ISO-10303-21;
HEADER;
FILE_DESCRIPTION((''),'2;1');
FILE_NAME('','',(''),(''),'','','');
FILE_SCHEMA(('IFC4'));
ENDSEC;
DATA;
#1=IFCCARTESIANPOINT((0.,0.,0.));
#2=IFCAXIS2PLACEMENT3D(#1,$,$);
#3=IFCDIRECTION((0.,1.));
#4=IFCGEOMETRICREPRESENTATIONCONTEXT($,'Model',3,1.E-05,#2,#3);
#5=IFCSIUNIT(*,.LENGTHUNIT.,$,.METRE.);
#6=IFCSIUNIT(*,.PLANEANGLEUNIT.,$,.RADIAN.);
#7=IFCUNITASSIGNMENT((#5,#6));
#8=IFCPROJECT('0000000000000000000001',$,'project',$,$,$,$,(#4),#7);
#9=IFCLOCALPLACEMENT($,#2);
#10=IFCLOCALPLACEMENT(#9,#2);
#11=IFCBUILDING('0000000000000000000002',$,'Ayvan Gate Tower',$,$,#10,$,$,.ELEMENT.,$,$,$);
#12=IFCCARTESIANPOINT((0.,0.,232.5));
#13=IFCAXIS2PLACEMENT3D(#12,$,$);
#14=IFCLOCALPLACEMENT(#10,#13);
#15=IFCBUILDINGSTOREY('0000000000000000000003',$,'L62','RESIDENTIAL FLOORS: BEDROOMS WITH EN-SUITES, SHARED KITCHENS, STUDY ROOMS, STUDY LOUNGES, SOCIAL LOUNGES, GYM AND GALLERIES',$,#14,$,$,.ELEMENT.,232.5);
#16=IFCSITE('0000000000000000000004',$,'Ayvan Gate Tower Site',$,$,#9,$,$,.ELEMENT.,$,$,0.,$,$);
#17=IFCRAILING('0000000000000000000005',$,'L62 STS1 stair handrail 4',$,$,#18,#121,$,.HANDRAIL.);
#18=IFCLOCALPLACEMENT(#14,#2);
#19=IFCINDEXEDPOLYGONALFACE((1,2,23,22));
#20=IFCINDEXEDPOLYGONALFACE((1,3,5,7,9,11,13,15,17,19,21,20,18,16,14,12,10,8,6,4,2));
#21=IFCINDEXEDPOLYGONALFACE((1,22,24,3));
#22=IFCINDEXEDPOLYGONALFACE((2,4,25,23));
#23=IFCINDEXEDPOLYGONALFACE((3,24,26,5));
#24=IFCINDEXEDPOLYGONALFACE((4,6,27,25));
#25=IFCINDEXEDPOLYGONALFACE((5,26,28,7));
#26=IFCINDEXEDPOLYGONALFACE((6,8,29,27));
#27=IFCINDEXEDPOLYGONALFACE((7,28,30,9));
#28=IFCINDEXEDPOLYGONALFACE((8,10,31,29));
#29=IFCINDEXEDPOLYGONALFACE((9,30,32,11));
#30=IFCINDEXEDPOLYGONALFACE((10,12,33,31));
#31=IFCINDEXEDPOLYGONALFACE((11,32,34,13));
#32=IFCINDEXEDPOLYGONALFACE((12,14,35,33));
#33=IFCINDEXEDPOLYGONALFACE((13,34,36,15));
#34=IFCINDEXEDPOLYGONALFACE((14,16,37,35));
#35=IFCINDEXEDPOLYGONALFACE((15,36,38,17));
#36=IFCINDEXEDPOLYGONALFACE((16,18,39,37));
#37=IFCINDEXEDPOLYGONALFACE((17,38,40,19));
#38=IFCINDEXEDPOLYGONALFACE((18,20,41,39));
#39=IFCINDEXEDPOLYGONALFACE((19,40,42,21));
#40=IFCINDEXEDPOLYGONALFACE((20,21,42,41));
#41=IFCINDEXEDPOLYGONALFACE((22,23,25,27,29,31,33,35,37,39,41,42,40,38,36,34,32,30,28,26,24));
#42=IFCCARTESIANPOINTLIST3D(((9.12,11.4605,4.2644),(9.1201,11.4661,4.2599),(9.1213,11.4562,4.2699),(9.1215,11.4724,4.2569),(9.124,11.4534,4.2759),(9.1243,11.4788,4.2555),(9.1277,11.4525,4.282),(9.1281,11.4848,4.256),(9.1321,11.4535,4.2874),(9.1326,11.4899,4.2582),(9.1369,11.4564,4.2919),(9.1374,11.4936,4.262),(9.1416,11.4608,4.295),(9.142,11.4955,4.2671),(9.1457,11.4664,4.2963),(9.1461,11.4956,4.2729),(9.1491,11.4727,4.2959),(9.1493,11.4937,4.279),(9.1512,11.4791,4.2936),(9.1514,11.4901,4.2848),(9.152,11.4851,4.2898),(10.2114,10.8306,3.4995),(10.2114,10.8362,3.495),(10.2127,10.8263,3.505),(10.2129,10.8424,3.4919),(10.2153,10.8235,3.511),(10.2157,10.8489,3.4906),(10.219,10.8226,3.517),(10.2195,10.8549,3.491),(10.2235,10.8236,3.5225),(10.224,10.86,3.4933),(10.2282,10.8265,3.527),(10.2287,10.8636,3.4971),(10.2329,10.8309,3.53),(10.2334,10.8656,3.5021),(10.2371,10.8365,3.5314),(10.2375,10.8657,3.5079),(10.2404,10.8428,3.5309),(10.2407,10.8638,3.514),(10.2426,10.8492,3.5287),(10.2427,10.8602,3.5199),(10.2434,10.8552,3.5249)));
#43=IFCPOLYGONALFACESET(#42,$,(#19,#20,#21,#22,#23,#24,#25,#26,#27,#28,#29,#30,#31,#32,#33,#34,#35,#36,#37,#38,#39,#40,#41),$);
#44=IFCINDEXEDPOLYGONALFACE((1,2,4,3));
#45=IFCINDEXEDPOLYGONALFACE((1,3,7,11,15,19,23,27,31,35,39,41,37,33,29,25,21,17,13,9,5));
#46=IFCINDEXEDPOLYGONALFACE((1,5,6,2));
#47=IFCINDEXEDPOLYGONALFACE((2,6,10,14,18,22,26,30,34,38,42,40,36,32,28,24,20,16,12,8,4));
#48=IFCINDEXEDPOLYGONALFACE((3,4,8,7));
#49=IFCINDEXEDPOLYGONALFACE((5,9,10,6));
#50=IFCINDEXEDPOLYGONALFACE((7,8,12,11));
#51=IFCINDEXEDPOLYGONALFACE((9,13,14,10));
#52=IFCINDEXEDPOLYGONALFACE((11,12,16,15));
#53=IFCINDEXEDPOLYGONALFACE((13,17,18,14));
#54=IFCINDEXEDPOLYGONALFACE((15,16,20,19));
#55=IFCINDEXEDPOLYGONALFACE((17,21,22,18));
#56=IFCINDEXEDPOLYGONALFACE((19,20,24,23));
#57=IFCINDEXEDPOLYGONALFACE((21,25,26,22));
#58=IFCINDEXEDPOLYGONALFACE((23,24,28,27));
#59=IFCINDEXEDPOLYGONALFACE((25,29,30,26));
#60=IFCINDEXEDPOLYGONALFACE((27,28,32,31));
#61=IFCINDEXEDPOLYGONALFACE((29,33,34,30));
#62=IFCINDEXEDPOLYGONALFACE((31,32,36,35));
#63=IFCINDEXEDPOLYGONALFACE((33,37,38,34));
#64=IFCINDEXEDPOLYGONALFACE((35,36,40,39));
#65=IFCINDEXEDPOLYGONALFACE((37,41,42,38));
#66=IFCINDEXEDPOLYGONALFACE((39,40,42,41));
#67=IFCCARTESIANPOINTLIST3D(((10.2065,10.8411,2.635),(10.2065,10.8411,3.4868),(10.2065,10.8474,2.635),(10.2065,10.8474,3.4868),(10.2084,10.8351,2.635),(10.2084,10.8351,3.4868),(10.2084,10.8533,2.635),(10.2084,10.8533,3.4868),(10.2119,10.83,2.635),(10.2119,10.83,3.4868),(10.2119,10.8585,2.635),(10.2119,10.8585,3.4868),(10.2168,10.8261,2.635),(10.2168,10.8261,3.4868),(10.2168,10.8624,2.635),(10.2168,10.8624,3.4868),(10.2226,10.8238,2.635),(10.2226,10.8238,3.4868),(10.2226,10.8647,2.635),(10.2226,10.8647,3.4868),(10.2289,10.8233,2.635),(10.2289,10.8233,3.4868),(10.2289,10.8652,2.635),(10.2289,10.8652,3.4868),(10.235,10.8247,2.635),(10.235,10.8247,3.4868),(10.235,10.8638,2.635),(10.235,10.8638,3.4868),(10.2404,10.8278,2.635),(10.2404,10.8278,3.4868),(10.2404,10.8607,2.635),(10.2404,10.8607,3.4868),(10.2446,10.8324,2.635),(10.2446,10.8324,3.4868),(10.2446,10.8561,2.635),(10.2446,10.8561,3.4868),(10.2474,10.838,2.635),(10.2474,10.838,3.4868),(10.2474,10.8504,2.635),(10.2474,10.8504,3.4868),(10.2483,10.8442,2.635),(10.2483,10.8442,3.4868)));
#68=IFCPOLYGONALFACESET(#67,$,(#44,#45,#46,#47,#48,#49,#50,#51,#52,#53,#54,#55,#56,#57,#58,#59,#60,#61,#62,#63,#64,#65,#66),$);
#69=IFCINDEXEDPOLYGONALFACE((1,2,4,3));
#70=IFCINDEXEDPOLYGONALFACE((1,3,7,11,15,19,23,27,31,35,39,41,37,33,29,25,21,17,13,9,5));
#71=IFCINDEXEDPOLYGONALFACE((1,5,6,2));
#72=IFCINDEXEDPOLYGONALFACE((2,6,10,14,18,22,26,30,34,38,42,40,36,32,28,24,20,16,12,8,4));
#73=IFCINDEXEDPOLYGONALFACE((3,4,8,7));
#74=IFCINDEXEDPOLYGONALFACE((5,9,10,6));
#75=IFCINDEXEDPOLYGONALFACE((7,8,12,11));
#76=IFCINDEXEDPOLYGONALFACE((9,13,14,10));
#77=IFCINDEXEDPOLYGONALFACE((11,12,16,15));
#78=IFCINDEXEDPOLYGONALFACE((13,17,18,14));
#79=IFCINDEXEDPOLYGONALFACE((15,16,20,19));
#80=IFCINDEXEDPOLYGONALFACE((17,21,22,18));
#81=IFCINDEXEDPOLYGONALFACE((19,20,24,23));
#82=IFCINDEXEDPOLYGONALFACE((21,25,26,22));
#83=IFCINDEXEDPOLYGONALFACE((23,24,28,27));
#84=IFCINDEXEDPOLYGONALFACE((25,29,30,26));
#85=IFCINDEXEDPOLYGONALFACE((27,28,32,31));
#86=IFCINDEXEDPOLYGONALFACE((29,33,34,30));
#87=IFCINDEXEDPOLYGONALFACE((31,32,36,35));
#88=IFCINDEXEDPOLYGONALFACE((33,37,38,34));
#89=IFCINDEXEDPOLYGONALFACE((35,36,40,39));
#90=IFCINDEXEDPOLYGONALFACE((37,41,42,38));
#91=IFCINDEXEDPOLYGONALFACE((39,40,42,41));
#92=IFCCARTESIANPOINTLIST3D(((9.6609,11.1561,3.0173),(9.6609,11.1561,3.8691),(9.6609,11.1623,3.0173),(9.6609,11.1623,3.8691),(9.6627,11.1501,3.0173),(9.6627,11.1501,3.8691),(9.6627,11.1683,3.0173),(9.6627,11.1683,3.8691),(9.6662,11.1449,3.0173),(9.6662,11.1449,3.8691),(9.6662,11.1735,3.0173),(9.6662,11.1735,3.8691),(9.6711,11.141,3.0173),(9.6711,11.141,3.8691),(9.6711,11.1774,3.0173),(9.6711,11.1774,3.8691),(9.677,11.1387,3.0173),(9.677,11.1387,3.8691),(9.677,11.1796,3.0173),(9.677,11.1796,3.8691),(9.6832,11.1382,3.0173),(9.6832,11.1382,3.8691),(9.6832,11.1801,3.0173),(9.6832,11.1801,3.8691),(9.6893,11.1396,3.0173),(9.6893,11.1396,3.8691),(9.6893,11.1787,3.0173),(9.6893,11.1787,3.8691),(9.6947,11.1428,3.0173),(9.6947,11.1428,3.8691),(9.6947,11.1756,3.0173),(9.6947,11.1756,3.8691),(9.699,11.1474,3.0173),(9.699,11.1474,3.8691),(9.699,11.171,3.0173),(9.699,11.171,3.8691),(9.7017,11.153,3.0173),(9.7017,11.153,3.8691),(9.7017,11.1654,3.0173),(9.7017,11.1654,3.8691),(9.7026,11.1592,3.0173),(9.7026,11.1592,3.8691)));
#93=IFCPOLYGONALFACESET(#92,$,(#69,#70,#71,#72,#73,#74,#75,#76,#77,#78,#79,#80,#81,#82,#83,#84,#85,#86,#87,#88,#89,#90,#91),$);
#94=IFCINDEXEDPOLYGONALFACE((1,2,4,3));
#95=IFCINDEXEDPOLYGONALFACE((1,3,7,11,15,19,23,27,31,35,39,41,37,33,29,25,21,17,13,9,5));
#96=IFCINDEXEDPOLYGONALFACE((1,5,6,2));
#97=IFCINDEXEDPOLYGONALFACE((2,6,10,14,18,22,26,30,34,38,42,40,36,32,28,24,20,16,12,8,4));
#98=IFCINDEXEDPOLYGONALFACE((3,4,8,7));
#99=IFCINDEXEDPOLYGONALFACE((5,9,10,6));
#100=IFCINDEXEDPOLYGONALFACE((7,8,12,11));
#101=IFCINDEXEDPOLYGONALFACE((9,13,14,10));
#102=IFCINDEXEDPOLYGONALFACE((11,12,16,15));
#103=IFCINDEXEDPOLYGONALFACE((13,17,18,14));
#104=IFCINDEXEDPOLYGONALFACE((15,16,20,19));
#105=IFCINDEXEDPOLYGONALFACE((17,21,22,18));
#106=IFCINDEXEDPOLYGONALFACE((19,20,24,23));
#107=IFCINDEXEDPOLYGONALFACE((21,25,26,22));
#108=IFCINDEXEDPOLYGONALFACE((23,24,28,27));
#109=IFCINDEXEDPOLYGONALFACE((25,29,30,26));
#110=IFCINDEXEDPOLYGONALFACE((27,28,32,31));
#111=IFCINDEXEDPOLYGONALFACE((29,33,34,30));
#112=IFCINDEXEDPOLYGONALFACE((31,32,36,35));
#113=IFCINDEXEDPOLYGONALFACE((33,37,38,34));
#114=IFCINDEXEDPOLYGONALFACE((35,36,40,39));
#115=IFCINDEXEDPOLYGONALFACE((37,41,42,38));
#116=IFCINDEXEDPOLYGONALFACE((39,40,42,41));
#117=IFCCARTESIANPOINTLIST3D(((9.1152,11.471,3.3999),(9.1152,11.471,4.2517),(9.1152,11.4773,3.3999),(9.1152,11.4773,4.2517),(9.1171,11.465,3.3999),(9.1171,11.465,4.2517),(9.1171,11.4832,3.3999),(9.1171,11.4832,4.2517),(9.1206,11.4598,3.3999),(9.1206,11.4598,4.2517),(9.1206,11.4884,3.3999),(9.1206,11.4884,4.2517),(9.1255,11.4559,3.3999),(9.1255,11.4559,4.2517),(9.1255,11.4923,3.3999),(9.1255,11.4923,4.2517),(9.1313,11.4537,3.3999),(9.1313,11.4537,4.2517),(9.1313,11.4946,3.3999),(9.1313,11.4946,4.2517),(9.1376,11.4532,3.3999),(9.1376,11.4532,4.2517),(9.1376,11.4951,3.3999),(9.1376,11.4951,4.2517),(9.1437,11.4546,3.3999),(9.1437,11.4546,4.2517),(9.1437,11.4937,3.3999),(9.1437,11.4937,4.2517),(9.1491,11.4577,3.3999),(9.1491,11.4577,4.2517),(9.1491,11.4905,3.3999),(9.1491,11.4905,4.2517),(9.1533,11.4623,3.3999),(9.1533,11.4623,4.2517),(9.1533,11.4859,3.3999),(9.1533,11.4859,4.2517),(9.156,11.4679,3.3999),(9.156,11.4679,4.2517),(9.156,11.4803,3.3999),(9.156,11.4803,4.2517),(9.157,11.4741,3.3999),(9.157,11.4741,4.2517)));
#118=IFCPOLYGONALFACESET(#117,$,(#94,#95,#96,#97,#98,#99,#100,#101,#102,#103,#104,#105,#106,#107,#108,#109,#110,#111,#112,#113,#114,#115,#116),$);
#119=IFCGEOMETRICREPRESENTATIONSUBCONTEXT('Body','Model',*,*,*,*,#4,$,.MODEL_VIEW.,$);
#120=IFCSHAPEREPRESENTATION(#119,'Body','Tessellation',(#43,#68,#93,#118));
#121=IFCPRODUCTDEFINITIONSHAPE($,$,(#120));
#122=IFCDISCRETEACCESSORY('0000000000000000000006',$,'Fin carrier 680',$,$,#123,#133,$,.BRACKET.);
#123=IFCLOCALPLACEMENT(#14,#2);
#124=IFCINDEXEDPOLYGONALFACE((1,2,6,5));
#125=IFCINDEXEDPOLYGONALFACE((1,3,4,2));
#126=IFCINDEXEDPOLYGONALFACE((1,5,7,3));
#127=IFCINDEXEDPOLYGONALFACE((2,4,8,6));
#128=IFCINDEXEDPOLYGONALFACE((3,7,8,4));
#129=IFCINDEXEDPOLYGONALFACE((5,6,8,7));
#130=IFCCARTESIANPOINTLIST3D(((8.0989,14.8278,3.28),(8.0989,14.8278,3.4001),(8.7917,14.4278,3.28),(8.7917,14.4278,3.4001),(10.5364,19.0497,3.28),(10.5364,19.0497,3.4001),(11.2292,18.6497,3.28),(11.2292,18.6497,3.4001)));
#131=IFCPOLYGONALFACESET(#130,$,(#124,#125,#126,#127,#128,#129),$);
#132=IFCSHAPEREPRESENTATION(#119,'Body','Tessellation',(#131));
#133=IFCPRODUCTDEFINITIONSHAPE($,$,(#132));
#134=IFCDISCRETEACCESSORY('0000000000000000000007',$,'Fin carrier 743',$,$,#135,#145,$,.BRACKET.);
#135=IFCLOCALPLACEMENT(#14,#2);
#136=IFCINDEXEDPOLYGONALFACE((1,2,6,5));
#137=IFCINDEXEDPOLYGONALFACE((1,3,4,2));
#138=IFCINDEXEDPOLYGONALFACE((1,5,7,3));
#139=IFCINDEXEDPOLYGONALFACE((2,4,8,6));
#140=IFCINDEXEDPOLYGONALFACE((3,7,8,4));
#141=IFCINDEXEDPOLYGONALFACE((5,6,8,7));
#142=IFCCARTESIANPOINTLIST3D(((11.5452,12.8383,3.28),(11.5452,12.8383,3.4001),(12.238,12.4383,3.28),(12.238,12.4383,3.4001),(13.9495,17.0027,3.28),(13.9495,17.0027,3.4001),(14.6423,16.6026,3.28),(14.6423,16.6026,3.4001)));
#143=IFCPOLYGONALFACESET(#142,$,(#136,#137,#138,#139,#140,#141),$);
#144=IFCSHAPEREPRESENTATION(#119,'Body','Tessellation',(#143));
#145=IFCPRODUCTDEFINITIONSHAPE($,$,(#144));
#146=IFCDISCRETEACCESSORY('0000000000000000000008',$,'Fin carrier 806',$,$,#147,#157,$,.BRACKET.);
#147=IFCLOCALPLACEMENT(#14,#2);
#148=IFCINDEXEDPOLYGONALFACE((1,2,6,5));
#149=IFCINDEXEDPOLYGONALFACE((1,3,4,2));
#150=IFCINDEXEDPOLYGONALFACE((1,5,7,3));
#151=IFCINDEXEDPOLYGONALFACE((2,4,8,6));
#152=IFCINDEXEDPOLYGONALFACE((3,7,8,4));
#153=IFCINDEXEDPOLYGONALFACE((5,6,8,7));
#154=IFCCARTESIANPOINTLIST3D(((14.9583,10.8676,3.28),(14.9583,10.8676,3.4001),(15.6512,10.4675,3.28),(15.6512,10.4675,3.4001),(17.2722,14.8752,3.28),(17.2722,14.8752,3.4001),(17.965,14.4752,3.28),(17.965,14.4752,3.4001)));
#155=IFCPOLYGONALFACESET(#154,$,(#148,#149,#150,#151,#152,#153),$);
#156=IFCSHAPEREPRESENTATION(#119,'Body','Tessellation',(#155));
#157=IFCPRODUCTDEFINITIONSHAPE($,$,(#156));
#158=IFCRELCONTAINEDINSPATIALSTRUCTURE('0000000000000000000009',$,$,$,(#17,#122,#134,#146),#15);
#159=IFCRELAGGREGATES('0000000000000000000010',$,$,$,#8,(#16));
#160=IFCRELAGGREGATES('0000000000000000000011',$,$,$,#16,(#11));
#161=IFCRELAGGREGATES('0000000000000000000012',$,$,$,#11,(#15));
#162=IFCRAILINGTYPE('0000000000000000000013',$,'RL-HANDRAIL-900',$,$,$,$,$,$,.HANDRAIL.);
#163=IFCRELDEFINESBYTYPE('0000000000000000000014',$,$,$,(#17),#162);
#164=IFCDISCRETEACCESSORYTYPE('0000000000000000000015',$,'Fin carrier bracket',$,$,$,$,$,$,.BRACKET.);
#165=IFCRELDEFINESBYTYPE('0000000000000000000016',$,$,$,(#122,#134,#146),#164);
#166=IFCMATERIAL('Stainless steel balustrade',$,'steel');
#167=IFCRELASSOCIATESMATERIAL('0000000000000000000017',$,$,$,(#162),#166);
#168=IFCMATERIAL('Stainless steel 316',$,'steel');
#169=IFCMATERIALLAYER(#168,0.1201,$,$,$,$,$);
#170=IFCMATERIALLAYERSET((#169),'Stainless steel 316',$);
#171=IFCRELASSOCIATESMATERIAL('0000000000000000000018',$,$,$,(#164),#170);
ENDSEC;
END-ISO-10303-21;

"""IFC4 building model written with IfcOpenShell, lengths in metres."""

from ifc_helpers import new_model, si_unit, direction, frame, origin, origin_2d, place, context, subcontext, project, spatial, rectangle, circle, extrude, material, layer, layer_set, type_object, element, save


model = new_model("IFC4")

# Units and contexts
model_context = context("Model", 3, precision=1e-05, world=origin(), true_north=direction((0.0, 1.0)))
body_context = subcontext(model_context, "Body", "Model", "MODEL_VIEW")
ifc_project = project(units=[si_unit("LENGTHUNIT", "METRE"), si_unit("PLANEANGLEUNIT", "RADIAN")], contexts=[model_context])

# Site, building, storey
site_placement = place(None, origin())
site = spatial("IfcSite", under=ifc_project, at=site_placement, Name="Ayvan Gate Tower Site", CompositionType="ELEMENT", RefElevation=0.0)
building_placement = place(site_placement, origin())
building = spatial("IfcBuilding", under=site, at=building_placement, Name="Ayvan Gate Tower", CompositionType="ELEMENT")
storey_placement = place(building_placement, frame((0.0, 0.0, 232.5)))
storey = spatial("IfcBuildingStorey", under=building, at=storey_placement, Name="L62", Description="RESIDENTIAL FLOORS: BEDROOMS WITH EN-SUITES, SHARED KITCHENS, STUDY ROOMS, STUDY LOUNGES, SOCIAL LOUNGES, GYM AND GALLERIES", CompositionType="ELEMENT", Elevation=232.5)

# Railing
ifc_material_1 = material(Name="Stainless steel balustrade", Category="steel")
railing_type_1 = type_object("IfcRailingType", Name="RL-HANDRAIL-900", PredefinedType="HANDRAIL", material=ifc_material_1)
railing_1_placement = place(storey_placement, frame((10.2273, 10.8442, 2.635)))
element("IfcRailing", 1, at=railing_1_placement, inside=storey, type_object=railing_type_1, Name="L62 STS1 stair handrail 4", PredefinedType="HANDRAIL", context=body_context, shape_type="SweptSolid", body=[
    extrude(circle(Radius=0.0239, at=origin_2d()), frame((0.0, 0.0, 0.876), z_axis=(-0.740357, 0.42732, 0.518912), x_axis=(-0.49989, -0.866089, 0.0)), (0.0, 0.0, 1.0), 1.4741),
    extrude(circle(Radius=0.021, at=origin_2d()), origin(), (0.0, 0.0, 1.0), 0.8518),
    extrude(circle(Radius=0.021, at=origin_2d()), frame((-0.5457, 0.3149, 0.3823)), (0.0, 0.0, 1.0), 0.8518),
    extrude(circle(Radius=0.021, at=origin_2d()), frame((-1.0913, 0.6299, 0.7649)), (0.0, 0.0, 1.0), 0.8518),
])

# Discrete accessories
ifc_material_2 = material(Name="Stainless steel 316", Category="steel")
ifc_layer_1 = layer(ifc_material_2, 0.1201)
ifc_layer_set_1 = layer_set([ifc_layer_1], Name="Stainless steel 316")
discrete_accessory_type = type_object("IfcDiscreteAccessoryType", Name="Fin carrier bracket", PredefinedType="BRACKET", material=ifc_layer_set_1)
discrete_accessory_1_placement = place(storey_placement, frame((9.6641, 16.7388, 3.28), z_axis=(0.0, 0.0, 1.0), x_axis=(-0.866025, 0.5, 0.0)))
element("IfcDiscreteAccessory", 2, at=discrete_accessory_1_placement, inside=storey, type_object=discrete_accessory_type, Name="Fin carrier 680", PredefinedType="BRACKET", context=body_context, shape_type="SweptSolid", body=[
    extrude(rectangle(XDim=0.8, YDim=4.875, at=origin_2d()), origin(), (0.0, 0.0, 1.0), 0.1201),
])
discrete_accessory_2_placement = place(storey_placement, frame((13.0938, 14.7205, 3.28), z_axis=(0.0, 0.0, 1.0), x_axis=(-0.866025, 0.5, 0.0)))
element("IfcDiscreteAccessory", 3, at=discrete_accessory_2_placement, inside=storey, type_object=discrete_accessory_type, Name="Fin carrier 743", PredefinedType="BRACKET", context=body_context, shape_type="SweptSolid", body=[
    extrude(rectangle(XDim=0.8, YDim=4.8086, at=origin_2d()), origin(), (0.0, 0.0, 1.0), 0.1201),
])
discrete_accessory_3_placement = place(storey_placement, frame((16.4617, 12.6714, 3.28), z_axis=(0.0, 0.0, 1.0), x_axis=(-0.866025, 0.5, 0.0)))
element("IfcDiscreteAccessory", 4, at=discrete_accessory_3_placement, inside=storey, type_object=discrete_accessory_type, Name="Fin carrier 806", PredefinedType="BRACKET", context=body_context, shape_type="SweptSolid", body=[
    extrude(rectangle(XDim=0.8, YDim=4.6277, at=origin_2d()), origin(), (0.0, 0.0, 1.0), 0.1201),
])

save(model, "model.ifc")
